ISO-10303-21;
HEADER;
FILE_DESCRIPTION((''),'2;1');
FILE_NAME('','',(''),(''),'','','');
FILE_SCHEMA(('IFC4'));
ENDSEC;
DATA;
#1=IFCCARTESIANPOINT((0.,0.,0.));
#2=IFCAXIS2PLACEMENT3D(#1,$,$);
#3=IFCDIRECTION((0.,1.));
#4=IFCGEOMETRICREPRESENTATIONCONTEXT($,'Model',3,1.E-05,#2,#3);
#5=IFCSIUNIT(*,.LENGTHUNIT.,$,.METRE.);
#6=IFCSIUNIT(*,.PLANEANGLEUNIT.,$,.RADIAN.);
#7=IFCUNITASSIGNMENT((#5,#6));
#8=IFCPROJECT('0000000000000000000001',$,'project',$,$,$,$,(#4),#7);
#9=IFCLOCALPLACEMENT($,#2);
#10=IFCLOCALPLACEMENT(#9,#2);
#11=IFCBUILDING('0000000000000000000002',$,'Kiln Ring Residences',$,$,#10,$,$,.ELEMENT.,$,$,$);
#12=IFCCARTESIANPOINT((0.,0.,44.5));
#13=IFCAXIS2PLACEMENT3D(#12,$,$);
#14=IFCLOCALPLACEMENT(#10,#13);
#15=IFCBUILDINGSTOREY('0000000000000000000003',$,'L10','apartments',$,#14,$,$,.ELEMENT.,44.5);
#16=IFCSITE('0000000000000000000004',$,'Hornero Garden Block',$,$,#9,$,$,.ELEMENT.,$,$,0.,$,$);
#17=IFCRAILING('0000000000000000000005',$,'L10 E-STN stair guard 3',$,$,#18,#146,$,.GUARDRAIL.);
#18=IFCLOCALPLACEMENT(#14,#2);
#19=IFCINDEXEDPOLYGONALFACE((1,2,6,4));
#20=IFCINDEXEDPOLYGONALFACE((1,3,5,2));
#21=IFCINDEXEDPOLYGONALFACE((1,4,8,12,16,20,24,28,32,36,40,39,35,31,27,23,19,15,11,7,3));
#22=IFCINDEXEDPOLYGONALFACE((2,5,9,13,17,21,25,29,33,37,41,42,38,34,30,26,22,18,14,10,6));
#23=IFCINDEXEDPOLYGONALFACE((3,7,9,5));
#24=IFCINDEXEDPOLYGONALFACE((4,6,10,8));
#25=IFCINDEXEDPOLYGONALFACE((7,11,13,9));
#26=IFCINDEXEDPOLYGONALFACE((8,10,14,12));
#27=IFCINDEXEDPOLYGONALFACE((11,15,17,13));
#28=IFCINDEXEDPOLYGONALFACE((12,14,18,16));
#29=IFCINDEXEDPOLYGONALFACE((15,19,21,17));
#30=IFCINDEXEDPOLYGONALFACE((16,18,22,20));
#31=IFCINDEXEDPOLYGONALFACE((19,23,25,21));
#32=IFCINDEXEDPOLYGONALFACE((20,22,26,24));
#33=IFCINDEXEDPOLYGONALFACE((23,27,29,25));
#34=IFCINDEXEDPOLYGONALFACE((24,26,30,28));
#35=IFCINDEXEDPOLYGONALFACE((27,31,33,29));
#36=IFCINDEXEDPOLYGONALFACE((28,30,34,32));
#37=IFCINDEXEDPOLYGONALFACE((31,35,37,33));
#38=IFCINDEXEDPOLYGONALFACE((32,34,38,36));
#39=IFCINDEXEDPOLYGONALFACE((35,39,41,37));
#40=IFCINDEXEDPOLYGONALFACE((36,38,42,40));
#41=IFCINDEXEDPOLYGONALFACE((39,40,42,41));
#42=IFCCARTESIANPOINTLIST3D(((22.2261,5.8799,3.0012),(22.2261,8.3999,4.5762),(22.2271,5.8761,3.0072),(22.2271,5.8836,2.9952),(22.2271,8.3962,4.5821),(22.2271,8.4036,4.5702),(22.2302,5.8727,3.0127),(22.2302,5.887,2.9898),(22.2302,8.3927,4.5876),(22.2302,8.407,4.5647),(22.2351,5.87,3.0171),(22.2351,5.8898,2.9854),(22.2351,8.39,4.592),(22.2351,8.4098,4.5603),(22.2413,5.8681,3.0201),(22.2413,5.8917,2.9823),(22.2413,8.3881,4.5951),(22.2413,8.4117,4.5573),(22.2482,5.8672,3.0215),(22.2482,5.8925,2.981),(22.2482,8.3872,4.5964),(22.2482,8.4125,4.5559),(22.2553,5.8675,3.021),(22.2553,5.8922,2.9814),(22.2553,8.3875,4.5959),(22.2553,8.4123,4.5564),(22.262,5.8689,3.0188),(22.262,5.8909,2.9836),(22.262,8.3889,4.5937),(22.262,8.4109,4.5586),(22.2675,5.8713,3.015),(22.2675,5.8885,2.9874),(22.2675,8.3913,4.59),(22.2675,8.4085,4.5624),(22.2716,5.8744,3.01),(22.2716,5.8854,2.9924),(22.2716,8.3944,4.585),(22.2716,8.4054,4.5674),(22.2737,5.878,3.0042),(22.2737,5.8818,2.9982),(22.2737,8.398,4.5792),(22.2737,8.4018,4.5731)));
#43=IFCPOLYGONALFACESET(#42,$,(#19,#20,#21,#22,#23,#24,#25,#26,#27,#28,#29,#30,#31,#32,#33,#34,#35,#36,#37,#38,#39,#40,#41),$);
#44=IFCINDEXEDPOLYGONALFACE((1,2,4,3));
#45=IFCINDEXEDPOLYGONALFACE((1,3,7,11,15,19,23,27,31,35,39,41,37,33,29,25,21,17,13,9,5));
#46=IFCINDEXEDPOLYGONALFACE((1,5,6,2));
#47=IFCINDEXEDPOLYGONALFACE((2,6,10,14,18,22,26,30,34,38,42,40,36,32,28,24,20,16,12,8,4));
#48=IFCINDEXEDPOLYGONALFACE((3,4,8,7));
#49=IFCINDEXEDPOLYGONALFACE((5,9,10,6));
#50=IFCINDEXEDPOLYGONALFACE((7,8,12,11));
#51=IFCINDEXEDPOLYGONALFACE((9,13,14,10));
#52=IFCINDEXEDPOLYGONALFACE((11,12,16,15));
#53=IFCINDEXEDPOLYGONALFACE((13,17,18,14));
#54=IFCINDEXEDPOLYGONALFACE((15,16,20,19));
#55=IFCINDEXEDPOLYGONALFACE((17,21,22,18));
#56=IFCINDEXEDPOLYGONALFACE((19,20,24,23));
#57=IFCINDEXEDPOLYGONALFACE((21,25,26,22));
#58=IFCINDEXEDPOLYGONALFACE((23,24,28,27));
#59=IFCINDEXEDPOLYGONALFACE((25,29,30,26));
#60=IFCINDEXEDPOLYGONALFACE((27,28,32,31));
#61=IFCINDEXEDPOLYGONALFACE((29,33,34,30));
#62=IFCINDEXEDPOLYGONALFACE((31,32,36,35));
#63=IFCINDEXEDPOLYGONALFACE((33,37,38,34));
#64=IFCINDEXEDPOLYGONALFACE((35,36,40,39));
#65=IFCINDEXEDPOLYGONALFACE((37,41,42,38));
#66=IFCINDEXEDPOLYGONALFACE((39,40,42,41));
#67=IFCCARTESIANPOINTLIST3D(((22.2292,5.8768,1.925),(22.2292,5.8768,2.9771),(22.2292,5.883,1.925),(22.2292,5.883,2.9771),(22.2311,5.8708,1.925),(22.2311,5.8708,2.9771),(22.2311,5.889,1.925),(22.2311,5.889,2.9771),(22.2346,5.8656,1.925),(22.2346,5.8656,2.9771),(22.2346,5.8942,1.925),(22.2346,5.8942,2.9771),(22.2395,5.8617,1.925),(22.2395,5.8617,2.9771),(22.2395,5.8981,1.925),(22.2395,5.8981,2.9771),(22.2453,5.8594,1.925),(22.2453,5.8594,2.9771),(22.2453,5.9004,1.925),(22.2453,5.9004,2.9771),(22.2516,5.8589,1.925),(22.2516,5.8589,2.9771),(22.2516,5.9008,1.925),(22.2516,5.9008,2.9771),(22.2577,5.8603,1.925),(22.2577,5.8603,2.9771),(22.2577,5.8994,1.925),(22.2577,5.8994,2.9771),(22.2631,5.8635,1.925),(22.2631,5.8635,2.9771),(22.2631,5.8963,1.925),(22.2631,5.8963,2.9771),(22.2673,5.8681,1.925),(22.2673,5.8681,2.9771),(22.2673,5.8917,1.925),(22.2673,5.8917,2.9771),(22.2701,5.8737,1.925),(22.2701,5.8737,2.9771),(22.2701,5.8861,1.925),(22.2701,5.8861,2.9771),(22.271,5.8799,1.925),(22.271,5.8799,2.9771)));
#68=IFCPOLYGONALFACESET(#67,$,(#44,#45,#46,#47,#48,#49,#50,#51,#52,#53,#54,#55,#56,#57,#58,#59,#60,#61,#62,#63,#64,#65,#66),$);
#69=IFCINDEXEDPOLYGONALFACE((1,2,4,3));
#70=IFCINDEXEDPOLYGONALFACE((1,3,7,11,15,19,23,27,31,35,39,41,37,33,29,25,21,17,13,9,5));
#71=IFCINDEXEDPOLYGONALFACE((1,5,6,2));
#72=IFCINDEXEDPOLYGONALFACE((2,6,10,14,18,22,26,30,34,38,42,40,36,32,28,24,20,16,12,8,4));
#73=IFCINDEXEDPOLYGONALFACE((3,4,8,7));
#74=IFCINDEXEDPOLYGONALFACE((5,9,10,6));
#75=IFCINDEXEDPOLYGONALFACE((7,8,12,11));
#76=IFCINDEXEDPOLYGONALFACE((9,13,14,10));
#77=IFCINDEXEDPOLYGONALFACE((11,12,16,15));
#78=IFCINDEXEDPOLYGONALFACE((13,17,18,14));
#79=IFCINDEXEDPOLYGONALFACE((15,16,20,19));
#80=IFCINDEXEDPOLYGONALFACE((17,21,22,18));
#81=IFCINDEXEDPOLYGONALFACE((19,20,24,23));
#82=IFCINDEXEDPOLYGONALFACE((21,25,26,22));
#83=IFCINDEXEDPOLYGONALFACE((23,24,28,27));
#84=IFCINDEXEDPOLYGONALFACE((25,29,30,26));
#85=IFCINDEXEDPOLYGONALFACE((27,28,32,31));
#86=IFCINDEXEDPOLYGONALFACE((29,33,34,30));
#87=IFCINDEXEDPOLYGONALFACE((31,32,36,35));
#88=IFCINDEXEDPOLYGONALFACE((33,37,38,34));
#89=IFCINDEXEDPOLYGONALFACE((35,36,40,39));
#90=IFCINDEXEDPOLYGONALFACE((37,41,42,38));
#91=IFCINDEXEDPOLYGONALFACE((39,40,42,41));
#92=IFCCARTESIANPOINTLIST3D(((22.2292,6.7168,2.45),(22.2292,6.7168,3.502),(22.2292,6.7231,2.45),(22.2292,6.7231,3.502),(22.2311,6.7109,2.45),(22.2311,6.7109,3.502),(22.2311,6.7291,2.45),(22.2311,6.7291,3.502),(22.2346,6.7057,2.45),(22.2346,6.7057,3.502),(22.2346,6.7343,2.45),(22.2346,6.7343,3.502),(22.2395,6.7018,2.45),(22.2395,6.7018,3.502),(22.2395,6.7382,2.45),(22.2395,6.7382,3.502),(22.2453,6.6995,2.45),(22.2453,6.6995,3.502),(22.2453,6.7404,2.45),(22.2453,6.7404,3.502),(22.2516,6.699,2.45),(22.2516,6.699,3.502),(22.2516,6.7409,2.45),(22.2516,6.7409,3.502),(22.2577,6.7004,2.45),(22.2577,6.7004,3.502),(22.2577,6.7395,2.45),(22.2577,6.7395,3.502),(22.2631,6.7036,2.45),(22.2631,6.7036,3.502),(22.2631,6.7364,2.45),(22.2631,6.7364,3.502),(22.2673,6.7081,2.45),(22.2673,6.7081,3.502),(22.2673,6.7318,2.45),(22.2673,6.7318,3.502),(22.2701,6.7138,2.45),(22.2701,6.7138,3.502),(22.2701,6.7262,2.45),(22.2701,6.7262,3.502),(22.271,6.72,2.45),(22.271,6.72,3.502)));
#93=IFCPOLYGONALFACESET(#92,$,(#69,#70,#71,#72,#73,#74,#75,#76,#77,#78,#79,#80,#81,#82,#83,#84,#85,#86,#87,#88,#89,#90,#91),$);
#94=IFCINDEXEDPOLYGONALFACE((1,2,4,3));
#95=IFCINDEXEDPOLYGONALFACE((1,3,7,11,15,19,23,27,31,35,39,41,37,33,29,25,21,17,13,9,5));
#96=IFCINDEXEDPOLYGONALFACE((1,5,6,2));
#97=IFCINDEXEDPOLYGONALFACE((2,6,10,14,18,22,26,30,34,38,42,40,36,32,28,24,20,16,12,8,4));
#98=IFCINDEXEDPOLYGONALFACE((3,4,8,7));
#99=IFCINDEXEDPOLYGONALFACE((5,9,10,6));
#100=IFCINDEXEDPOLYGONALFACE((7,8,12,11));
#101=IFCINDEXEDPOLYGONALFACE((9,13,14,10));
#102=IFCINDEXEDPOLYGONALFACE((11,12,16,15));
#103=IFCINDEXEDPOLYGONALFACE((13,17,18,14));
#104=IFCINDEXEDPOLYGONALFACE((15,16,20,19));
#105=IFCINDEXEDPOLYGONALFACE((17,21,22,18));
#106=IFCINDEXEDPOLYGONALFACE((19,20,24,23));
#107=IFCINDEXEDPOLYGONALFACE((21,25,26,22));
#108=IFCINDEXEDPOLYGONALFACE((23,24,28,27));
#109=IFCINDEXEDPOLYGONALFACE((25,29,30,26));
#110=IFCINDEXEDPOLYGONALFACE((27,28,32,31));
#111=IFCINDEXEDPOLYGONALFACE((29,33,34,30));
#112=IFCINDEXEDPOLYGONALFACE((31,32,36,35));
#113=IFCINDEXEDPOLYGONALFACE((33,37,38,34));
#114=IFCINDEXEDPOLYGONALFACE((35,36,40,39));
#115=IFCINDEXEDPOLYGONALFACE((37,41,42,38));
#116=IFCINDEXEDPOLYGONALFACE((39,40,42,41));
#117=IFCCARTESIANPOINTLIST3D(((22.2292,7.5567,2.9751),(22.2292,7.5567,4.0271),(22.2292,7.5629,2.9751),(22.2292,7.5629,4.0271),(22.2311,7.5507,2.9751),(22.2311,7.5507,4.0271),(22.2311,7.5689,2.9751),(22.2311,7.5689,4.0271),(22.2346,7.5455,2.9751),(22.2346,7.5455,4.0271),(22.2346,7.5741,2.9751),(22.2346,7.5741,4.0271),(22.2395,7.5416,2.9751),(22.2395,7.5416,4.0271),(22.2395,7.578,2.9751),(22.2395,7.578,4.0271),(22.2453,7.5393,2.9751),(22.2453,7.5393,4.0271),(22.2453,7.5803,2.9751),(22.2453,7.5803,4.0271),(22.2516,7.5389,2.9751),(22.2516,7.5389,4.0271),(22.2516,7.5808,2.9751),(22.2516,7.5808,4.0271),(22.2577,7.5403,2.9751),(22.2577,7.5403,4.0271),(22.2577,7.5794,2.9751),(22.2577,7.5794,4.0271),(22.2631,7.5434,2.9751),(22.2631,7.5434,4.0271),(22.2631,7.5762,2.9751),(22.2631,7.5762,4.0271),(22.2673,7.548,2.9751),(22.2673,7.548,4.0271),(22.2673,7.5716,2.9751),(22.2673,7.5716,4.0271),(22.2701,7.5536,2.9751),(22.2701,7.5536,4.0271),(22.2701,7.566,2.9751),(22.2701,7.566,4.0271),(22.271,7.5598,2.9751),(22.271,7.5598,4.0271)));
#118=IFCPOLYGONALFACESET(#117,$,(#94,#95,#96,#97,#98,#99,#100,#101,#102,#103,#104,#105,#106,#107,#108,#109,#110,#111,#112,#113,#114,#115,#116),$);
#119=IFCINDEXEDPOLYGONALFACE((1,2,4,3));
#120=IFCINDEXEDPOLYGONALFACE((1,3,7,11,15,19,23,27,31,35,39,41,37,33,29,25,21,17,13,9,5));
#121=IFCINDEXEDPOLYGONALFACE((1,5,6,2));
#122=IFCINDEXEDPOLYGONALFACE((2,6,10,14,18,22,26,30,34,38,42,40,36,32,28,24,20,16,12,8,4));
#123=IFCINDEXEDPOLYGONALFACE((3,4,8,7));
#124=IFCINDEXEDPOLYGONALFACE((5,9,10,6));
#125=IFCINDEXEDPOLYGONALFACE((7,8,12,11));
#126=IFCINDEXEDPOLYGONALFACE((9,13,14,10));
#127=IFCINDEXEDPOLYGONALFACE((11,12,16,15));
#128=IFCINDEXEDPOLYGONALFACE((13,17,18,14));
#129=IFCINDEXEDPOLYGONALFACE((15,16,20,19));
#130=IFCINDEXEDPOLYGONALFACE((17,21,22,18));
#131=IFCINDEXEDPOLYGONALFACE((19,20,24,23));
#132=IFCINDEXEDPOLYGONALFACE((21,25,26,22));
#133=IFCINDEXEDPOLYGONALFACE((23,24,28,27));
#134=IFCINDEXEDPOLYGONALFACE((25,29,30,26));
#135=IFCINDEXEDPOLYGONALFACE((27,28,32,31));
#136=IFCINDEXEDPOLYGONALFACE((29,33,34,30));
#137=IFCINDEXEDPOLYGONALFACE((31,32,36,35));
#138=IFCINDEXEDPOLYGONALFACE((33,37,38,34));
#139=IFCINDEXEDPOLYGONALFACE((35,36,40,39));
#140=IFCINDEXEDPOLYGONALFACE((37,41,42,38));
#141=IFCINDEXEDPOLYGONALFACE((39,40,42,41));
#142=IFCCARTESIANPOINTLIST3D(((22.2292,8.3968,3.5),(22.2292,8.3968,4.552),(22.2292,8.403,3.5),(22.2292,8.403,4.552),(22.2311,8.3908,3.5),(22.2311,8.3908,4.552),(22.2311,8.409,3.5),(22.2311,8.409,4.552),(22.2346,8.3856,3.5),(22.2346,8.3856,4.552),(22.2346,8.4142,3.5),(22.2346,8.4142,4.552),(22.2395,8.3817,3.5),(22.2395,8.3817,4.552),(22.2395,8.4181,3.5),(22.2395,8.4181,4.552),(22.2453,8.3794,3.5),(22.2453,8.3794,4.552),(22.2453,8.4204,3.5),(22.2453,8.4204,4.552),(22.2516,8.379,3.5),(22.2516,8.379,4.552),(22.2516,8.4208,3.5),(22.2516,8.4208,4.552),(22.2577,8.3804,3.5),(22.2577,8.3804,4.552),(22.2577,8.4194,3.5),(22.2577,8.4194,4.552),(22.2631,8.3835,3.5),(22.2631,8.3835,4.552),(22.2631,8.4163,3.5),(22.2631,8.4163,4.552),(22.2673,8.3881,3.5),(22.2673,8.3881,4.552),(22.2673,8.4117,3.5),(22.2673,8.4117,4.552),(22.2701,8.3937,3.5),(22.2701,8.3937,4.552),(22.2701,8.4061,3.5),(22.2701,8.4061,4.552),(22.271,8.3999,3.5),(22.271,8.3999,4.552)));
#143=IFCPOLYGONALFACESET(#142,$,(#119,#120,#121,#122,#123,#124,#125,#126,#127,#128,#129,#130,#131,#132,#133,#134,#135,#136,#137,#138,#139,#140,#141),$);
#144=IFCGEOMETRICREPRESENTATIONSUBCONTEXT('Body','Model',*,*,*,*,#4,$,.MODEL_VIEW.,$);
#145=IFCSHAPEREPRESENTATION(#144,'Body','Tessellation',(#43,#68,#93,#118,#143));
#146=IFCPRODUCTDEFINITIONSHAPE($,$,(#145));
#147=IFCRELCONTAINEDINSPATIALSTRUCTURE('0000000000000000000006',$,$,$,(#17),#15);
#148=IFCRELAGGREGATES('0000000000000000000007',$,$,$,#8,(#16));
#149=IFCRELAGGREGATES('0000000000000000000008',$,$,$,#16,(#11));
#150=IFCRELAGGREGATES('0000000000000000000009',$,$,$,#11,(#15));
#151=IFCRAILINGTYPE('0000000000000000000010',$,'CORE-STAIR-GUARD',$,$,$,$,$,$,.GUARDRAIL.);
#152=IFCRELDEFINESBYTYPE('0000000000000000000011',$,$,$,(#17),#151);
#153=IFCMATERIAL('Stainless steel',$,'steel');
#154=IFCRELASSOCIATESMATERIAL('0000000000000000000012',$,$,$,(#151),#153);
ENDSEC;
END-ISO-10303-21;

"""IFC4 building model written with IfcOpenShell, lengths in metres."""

from ifc_helpers import new_model, si_unit, direction, frame, origin, origin_2d, place, context, subcontext, project, spatial, circle, extrude, material, type_object, element, save


model = new_model("IFC4")

# Units and contexts
model_context = context("Model", 3, precision=1e-05, world=origin(), true_north=direction((0.0, 1.0)))
body_context = subcontext(model_context, "Body", "Model", "MODEL_VIEW")
ifc_project = project(units=[si_unit("LENGTHUNIT", "METRE"), si_unit("PLANEANGLEUNIT", "RADIAN")], contexts=[model_context])

# Site, building, storey
site_placement = place(None, origin())
site = spatial("IfcSite", under=ifc_project, at=site_placement, Name="Hornero Garden Block", CompositionType="ELEMENT", RefElevation=0.0)
building_placement = place(site_placement, origin())
building = spatial("IfcBuilding", under=site, at=building_placement, Name="Kiln Ring Residences", CompositionType="ELEMENT")
storey_placement = place(building_placement, frame((0.0, 0.0, 44.5)))
storey = spatial("IfcBuildingStorey", under=building, at=storey_placement, Name="L10", Description="apartments", CompositionType="ELEMENT", Elevation=44.5)

# Railing
ifc_material_1 = material(Name="Stainless steel", Category="steel")
railing_type_1 = type_object("IfcRailingType", Name="CORE-STAIR-GUARD", PredefinedType="GUARDRAIL", material=ifc_material_1)
railing_1_placement = place(storey_placement, frame((22.25, 5.8799, 1.925)))
element("IfcRailing", 1, at=railing_1_placement, inside=storey, type_object=railing_type_1, Name="L10 E-STN stair guard 3", PredefinedType="GUARDRAIL", context=body_context, shape_type="SweptSolid", body=[
    extrude(circle(Radius=0.0239, at=origin_2d()), frame((0.0, 0.0, 1.0762), z_axis=(0.0, 0.848008, 0.529984), x_axis=(-1.0, 0.0, 0.0)), (0.0, 0.0, 1.0), 2.9717),
    extrude(circle(Radius=0.021, at=origin_2d()), origin(), (0.0, 0.0, 1.0), 1.052),
    extrude(circle(Radius=0.021, at=origin_2d()), frame((0.0, 0.8401, 0.5249)), (0.0, 0.0, 1.0), 1.052),
    extrude(circle(Radius=0.021, at=origin_2d()), frame((0.0, 1.6799, 1.05)), (0.0, 0.0, 1.0), 1.052),
    extrude(circle(Radius=0.021, at=origin_2d()), frame((0.0, 2.52, 1.575)), (0.0, 0.0, 1.0), 1.052),
])

save(model, "model.ifc")
